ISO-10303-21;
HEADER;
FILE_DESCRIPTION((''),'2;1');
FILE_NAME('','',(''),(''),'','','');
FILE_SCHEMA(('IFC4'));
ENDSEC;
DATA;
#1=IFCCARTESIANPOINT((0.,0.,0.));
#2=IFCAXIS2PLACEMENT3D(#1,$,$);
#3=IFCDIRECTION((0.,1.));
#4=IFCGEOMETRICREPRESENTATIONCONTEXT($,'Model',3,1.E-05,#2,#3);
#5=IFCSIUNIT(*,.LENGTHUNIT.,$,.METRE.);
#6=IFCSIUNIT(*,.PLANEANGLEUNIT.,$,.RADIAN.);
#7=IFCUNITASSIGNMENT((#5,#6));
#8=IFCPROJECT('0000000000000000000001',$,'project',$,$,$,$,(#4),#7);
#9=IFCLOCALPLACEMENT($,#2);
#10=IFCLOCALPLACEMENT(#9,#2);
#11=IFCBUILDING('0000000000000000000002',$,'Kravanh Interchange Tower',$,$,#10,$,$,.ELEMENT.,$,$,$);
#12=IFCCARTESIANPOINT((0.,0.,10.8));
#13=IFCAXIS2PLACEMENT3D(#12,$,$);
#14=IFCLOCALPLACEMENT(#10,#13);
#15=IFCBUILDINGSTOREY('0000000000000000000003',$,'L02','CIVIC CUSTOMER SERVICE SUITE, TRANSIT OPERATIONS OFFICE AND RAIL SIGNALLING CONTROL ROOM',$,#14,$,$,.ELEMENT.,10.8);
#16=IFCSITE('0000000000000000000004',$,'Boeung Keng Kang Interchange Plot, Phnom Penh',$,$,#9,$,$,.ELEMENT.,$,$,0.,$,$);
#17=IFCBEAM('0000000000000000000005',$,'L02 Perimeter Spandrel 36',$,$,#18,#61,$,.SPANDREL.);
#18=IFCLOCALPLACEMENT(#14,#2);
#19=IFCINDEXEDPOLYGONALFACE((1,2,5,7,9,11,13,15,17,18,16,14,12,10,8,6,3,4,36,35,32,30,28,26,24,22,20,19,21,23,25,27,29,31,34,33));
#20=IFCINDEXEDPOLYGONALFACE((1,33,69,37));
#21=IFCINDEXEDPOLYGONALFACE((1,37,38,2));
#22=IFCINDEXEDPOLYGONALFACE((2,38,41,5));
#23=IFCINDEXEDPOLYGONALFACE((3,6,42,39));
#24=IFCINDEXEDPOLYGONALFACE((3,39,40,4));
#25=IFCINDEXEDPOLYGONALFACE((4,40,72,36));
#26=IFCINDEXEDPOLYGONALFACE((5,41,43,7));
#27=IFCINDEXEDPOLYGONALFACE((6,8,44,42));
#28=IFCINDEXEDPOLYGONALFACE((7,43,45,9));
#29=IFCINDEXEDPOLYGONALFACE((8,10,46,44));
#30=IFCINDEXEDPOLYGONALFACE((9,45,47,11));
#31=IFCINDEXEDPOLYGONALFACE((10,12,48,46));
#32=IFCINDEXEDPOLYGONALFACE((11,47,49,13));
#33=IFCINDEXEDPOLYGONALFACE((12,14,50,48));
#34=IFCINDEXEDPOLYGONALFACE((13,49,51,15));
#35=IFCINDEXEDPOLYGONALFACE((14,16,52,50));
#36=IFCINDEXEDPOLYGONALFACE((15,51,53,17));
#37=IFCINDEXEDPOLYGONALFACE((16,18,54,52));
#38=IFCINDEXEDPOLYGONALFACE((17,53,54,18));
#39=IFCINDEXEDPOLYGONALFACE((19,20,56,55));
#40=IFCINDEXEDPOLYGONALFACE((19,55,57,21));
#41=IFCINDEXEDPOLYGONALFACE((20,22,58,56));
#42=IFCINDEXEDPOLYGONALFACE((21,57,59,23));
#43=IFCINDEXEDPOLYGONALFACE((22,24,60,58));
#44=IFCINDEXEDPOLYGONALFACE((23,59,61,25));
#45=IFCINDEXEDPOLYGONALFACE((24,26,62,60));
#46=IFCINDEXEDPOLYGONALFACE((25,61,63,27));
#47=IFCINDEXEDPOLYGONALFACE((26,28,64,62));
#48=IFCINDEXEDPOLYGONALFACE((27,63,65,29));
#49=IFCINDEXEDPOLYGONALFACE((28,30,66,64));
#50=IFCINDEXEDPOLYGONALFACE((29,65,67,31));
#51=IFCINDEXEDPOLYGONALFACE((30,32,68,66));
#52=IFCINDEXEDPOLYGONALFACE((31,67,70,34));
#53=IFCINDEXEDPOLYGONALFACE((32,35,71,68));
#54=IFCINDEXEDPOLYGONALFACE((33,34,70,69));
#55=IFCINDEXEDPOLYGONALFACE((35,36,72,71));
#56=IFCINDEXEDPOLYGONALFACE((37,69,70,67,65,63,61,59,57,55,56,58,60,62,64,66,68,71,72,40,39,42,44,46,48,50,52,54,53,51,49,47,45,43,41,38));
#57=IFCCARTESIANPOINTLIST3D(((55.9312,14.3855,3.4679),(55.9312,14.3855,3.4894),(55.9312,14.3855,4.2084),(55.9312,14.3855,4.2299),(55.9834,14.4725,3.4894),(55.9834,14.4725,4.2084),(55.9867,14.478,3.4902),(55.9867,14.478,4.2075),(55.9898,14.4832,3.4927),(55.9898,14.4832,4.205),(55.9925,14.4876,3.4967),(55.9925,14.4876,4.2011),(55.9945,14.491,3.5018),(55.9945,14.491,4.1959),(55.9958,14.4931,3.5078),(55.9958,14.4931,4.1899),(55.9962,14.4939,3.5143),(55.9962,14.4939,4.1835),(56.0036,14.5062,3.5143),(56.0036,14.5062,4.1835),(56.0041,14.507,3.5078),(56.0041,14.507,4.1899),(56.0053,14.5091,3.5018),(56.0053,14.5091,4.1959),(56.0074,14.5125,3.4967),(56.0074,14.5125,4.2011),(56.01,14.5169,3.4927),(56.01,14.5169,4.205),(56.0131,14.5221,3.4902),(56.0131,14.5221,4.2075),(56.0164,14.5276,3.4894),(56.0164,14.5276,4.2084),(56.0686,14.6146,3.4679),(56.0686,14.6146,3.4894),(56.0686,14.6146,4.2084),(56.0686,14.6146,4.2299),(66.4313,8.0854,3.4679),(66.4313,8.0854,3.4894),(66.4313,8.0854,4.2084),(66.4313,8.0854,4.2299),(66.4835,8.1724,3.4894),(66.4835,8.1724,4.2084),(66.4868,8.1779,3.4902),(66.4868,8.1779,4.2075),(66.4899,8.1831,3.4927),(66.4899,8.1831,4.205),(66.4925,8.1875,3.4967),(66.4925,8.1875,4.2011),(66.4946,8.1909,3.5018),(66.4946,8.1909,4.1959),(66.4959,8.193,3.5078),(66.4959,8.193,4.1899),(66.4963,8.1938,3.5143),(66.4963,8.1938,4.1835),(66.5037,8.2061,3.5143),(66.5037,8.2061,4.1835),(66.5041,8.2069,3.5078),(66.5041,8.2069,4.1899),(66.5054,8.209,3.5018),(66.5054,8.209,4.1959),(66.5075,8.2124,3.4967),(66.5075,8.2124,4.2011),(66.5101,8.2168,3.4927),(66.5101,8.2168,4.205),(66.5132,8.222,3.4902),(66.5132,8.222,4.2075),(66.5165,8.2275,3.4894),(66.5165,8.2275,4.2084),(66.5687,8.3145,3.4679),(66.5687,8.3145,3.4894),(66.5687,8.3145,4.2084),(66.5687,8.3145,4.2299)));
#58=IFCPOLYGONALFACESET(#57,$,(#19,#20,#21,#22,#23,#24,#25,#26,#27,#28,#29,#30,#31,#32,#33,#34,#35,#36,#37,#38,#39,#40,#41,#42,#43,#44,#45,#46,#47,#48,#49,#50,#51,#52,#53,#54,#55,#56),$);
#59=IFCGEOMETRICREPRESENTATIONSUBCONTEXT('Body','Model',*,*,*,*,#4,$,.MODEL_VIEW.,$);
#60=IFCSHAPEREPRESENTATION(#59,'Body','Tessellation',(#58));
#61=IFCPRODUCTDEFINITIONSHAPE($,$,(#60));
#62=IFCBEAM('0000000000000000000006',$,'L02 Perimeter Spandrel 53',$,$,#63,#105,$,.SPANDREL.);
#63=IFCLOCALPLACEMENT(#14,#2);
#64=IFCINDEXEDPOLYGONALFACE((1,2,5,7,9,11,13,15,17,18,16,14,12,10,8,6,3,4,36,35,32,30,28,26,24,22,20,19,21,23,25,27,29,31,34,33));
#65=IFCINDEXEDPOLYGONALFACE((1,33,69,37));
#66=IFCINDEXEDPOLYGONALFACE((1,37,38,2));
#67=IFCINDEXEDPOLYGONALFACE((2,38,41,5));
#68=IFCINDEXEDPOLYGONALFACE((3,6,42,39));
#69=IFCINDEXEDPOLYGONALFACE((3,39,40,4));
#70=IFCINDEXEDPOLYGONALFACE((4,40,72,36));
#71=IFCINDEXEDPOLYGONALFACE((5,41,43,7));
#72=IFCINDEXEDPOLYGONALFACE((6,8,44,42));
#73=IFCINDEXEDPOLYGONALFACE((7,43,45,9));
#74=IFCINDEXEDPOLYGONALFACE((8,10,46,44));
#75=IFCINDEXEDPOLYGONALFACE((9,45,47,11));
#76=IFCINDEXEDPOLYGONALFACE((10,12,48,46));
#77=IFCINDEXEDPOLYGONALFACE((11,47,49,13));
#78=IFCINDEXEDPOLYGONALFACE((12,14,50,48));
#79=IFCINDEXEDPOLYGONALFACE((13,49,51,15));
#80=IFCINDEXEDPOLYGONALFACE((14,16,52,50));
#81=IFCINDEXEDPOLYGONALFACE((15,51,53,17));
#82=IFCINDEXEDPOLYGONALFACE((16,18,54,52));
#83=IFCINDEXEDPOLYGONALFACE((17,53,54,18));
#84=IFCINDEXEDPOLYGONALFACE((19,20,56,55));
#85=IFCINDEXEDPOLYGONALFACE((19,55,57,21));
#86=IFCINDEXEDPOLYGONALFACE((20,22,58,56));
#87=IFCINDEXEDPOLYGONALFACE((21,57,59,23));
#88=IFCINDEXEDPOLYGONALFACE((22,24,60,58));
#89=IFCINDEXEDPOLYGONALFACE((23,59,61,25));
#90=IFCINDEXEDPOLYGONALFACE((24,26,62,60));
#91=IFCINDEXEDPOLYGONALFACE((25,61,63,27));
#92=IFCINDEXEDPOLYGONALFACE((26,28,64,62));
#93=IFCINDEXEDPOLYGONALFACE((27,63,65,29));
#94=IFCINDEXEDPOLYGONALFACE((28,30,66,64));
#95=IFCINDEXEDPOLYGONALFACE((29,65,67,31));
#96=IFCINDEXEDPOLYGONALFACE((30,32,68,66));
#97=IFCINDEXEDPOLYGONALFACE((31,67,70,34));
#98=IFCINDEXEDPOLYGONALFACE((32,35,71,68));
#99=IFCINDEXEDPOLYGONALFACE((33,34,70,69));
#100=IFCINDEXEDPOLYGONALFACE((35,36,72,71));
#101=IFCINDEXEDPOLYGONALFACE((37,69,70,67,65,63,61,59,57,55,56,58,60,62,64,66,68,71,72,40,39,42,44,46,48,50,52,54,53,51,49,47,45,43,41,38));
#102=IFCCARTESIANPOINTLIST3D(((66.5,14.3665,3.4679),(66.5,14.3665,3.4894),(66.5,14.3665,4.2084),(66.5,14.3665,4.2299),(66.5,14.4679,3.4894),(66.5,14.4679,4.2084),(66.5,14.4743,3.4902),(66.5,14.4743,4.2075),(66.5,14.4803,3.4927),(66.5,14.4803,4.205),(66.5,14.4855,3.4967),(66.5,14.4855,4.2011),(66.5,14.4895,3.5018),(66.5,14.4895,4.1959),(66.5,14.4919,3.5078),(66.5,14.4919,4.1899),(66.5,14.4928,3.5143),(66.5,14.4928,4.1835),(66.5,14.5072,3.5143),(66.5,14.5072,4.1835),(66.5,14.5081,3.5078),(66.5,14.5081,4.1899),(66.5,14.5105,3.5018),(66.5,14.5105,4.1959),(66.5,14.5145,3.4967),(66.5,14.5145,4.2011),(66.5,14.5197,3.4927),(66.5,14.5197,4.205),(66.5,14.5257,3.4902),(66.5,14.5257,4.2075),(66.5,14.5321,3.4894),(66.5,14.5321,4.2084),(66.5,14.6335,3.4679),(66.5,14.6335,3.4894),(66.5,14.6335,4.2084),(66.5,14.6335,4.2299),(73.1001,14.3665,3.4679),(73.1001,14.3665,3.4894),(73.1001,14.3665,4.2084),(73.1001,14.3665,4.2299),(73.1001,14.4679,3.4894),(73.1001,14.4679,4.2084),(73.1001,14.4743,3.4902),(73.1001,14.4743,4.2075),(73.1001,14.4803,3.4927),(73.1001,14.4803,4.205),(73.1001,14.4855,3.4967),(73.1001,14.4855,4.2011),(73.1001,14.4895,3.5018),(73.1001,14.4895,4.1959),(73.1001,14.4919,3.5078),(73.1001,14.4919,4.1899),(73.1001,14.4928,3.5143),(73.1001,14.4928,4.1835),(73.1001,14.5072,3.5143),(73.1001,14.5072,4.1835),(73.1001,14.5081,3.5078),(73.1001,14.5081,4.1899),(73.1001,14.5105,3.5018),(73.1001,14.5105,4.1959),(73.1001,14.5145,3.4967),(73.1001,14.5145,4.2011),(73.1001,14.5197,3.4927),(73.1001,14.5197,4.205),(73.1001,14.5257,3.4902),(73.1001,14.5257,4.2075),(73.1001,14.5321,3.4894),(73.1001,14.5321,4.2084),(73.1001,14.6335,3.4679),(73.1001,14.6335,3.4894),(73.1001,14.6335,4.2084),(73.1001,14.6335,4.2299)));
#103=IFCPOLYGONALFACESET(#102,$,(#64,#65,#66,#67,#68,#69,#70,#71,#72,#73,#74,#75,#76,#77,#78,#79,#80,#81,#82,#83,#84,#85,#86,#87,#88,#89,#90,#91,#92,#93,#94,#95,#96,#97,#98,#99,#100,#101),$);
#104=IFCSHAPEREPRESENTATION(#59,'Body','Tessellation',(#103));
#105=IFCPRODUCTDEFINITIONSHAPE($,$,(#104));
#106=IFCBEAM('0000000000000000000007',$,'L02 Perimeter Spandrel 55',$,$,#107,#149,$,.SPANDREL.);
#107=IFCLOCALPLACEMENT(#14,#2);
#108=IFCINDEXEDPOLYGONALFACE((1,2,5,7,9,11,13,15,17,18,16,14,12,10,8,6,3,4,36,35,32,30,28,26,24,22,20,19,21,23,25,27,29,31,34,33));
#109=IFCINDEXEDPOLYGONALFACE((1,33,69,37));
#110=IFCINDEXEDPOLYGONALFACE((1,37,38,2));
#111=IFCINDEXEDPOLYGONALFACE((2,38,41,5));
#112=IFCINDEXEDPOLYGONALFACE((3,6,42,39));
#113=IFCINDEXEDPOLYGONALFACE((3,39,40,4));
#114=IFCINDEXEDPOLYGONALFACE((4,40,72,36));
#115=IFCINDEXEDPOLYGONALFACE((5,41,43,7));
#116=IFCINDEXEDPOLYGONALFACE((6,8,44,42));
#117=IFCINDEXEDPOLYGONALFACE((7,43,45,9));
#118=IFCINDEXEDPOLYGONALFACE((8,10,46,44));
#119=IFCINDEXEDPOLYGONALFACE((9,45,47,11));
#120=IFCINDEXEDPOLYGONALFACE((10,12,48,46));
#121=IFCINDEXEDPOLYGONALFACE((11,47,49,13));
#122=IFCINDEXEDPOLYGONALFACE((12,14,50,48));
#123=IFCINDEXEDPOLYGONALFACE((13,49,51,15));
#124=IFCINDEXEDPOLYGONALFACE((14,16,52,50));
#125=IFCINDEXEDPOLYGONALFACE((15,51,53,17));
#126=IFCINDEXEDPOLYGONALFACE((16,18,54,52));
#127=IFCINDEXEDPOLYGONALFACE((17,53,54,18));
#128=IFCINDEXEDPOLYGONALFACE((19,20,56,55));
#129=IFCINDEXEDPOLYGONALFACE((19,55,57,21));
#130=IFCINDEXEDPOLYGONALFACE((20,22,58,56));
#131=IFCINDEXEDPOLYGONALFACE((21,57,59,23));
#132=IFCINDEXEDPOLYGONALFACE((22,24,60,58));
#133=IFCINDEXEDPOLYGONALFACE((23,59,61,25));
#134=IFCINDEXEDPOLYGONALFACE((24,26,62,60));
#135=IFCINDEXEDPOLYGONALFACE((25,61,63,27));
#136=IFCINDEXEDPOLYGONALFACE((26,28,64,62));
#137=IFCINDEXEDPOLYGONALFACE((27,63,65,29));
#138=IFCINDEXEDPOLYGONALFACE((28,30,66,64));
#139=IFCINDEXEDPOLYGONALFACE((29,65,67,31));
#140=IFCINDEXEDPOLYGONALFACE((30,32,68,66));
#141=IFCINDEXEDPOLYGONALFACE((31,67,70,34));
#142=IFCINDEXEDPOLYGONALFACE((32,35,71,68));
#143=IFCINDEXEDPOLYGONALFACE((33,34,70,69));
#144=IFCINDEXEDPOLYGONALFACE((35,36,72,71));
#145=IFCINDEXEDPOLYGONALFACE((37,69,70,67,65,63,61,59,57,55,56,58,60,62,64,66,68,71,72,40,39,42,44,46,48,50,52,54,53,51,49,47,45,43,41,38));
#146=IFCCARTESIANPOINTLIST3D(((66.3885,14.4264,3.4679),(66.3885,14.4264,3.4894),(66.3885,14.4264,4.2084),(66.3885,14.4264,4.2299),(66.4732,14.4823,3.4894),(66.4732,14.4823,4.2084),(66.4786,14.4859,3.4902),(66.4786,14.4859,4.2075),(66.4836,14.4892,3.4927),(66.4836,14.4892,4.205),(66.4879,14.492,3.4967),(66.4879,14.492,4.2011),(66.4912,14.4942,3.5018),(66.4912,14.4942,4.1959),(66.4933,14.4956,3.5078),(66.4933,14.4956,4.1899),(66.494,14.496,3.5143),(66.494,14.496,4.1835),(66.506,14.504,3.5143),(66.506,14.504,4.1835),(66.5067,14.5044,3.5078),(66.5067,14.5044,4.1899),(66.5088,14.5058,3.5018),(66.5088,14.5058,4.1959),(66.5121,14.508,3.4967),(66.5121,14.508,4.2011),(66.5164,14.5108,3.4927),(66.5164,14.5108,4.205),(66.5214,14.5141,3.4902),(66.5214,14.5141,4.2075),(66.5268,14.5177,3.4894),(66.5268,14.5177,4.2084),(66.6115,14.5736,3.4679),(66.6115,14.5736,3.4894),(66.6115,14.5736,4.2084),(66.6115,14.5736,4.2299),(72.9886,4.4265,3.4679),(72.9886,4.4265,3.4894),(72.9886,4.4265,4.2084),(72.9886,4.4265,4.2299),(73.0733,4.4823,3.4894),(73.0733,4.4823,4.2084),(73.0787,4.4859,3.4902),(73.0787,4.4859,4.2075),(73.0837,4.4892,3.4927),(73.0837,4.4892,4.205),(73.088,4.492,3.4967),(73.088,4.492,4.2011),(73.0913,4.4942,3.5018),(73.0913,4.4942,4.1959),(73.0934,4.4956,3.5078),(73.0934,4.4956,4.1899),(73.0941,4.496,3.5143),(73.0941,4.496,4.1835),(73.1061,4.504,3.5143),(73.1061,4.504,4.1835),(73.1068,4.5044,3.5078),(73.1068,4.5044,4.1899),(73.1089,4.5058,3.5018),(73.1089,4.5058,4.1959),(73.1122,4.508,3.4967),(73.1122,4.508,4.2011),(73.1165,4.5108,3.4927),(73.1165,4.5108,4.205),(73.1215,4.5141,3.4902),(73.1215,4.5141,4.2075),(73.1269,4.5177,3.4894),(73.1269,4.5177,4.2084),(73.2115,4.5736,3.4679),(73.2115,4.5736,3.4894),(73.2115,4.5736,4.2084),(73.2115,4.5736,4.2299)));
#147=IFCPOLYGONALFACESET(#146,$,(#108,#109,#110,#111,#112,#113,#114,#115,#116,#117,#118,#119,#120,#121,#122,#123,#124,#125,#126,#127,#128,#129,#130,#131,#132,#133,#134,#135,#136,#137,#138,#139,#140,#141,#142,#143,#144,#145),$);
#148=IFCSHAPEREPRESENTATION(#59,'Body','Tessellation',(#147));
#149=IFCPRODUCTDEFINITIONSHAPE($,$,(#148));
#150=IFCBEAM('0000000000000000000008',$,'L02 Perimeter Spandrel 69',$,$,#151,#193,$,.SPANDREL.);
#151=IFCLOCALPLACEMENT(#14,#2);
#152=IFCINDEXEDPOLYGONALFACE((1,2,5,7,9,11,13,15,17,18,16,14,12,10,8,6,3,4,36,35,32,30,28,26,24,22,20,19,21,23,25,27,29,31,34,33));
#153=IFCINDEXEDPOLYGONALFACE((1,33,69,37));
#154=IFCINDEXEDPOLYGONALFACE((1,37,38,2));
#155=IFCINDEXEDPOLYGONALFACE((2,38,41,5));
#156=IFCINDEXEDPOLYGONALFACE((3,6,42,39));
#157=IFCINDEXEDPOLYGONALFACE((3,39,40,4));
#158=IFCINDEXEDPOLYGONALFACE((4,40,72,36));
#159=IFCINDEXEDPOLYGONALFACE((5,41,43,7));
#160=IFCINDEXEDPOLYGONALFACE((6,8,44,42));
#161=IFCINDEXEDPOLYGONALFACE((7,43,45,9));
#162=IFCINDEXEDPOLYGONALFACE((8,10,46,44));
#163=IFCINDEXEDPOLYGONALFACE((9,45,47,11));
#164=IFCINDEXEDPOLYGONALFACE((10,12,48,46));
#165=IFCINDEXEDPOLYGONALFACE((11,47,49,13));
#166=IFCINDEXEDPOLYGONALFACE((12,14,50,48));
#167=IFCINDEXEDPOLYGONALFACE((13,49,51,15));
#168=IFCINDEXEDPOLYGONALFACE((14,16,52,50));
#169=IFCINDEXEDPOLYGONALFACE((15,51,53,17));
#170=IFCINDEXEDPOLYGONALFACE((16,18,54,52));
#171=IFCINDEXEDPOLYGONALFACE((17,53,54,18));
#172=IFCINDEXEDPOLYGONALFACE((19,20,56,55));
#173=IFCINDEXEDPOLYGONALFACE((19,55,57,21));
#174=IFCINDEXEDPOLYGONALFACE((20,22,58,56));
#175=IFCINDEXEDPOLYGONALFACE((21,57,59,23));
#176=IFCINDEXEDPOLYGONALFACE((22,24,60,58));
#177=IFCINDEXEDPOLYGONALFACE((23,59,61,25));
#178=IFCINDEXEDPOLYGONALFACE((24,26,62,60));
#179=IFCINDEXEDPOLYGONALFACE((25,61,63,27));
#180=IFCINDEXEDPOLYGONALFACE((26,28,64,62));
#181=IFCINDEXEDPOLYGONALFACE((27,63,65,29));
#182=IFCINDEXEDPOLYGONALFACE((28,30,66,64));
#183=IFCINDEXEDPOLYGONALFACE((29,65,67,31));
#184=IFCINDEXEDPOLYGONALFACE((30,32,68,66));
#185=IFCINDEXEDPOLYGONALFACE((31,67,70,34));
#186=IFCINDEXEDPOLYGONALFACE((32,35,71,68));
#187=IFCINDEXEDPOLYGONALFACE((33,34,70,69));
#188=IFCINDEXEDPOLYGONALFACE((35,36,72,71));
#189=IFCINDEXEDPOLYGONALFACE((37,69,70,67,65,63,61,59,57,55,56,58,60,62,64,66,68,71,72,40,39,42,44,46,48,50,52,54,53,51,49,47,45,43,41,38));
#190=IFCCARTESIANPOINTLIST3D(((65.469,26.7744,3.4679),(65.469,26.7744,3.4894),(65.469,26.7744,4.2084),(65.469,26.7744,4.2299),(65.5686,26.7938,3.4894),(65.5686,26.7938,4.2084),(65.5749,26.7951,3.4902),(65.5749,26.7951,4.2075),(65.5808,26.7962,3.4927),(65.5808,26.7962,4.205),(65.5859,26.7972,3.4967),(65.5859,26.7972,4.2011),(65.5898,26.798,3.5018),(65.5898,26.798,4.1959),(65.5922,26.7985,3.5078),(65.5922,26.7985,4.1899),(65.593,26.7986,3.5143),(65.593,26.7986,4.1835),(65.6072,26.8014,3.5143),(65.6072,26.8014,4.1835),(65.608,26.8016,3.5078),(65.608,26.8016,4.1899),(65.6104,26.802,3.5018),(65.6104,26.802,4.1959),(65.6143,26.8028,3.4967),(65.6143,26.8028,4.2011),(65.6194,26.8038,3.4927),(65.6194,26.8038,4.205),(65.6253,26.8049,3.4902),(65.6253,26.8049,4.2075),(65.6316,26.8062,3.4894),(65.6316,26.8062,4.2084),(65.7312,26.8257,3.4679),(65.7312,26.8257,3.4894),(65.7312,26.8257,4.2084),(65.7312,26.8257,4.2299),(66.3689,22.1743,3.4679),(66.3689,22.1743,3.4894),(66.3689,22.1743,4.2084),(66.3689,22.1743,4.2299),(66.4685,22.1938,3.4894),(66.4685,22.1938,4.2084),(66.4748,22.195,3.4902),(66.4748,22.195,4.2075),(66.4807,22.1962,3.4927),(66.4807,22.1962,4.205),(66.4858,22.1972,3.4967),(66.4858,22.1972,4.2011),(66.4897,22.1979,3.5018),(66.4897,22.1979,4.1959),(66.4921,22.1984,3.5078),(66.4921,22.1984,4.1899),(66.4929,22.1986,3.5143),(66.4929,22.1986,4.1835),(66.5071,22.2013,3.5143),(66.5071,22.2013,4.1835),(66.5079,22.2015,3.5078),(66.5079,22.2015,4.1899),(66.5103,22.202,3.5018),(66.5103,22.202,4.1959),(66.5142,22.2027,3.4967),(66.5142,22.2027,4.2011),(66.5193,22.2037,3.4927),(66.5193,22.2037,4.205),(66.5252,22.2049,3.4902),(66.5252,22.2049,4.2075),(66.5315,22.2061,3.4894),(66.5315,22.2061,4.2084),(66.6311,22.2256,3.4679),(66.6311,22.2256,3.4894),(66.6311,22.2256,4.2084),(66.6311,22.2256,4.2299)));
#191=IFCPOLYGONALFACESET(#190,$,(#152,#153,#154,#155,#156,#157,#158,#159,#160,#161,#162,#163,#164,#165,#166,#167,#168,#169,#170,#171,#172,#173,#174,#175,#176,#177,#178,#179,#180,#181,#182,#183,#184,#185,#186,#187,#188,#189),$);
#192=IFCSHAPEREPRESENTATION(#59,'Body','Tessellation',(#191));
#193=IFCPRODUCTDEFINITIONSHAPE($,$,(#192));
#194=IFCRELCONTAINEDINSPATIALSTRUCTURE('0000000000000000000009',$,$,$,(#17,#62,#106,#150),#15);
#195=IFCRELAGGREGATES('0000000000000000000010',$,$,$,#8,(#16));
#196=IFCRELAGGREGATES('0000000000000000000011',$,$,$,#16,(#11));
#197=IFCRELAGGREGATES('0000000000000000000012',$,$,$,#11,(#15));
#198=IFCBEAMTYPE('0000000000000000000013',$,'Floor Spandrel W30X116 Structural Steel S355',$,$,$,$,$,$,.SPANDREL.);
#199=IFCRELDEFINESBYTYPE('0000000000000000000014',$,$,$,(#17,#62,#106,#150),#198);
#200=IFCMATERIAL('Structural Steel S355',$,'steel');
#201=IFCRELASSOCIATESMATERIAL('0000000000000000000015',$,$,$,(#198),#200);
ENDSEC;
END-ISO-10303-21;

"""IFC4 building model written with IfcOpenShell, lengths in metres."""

from ifc_helpers import new_model, si_unit, direction, frame, origin, origin_2d, place, context, subcontext, project, spatial, i_section, extrude, material, material_profile, profile_set, type_object, element, save


model = new_model("IFC4")

# Units and contexts
model_context = context("Model", 3, precision=1e-05, world=origin(), true_north=direction((0.0, 1.0)))
body_context = subcontext(model_context, "Body", "Model", "MODEL_VIEW")
ifc_project = project(units=[si_unit("LENGTHUNIT", "METRE"), si_unit("PLANEANGLEUNIT", "RADIAN")], contexts=[model_context])

# Site, building, storey
site_placement = place(None, origin())
site = spatial("IfcSite", under=ifc_project, at=site_placement, Name="Boeung Keng Kang Interchange Plot, Phnom Penh", CompositionType="ELEMENT", RefElevation=0.0)
building_placement = place(site_placement, origin())
building = spatial("IfcBuilding", under=site, at=building_placement, Name="Kravanh Interchange Tower", CompositionType="ELEMENT")
storey_placement = place(building_placement, frame((0.0, 0.0, 10.8)))
storey = spatial("IfcBuildingStorey", under=building, at=storey_placement, Name="L02", Description="CIVIC CUSTOMER SERVICE SUITE, TRANSIT OPERATIONS OFFICE AND RAIL SIGNALLING CONTROL ROOM", CompositionType="ELEMENT", Elevation=10.8)

# Beams
ifc_material_1 = material(Name="Structural Steel S355", Category="steel")
ifc_material_profile_1 = material_profile(ifc_material_1, i_section(OverallWidth=0.2671, OverallDepth=0.762, WebThickness=0.0144, FlangeThickness=0.0215, FilletRadius=0.0249, at=origin_2d()), Name="W30X116")
ifc_profile_set_1 = profile_set([ifc_material_profile_1], Name="Structural Steel S355")
beam_type_1 = type_object("IfcBeamType", Name="Floor Spandrel W30X116 Structural Steel S355", PredefinedType="SPANDREL", material=ifc_profile_set_1)
beam_1_placement = place(storey_placement, frame((66.5, 8.2, 3.8489), z_axis=(-0.857491, 0.514499, 0.0), x_axis=(-0.514499, -0.857491, 0.0)))
element("IfcBeam", 1, at=beam_1_placement, inside=storey, type_object=beam_type_1, Name="L02 Perimeter Spandrel 36", PredefinedType="SPANDREL", context=body_context, shape_type="SweptSolid", body=[
    extrude(i_section(OverallWidth=0.2671, OverallDepth=0.762, WebThickness=0.0144, FlangeThickness=0.0215, FilletRadius=0.0249, at=origin_2d()), origin(), (0.0, 0.0, 1.0), 12.2451),
])
beam_2_placement = place(storey_placement, frame((66.5, 14.5, 3.8489), z_axis=(1.0, 0.0, 0.0), x_axis=(0.0, 1.0, 0.0)))
element("IfcBeam", 2, at=beam_2_placement, inside=storey, type_object=beam_type_1, Name="L02 Perimeter Spandrel 53", PredefinedType="SPANDREL", context=body_context, shape_type="SweptSolid", body=[
    extrude(i_section(OverallWidth=0.2671, OverallDepth=0.762, WebThickness=0.0144, FlangeThickness=0.0215, FilletRadius=0.0249, at=origin_2d()), origin(), (0.0, 0.0, 1.0), 6.6001),
])
beam_3_placement = place(storey_placement, frame((66.5, 14.5, 3.8489), z_axis=(0.550848, -0.834606, 0.0), x_axis=(0.834606, 0.550848, 0.0)))
element("IfcBeam", 3, at=beam_3_placement, inside=storey, type_object=beam_type_1, Name="L02 Perimeter Spandrel 55", PredefinedType="SPANDREL", context=body_context, shape_type="SweptSolid", body=[
    extrude(i_section(OverallWidth=0.2671, OverallDepth=0.762, WebThickness=0.0144, FlangeThickness=0.0215, FilletRadius=0.0249, at=origin_2d()), origin(), (0.0, 0.0, 1.0), 11.9817),
])
beam_4_placement = place(storey_placement, frame((66.5, 22.2, 3.8489), z_axis=(-0.191988, 0.981397, 0.0), x_axis=(-0.981397, -0.191988, 0.0)))
element("IfcBeam", 4, at=beam_4_placement, inside=storey, type_object=beam_type_1, Name="L02 Perimeter Spandrel 69", PredefinedType="SPANDREL", context=body_context, shape_type="SweptSolid", body=[
    extrude(i_section(OverallWidth=0.2671, OverallDepth=0.762, WebThickness=0.0144, FlangeThickness=0.0215, FilletRadius=0.0249, at=origin_2d()), origin(), (0.0, 0.0, 1.0), 4.6873),
])

save(model, "model.ifc")
